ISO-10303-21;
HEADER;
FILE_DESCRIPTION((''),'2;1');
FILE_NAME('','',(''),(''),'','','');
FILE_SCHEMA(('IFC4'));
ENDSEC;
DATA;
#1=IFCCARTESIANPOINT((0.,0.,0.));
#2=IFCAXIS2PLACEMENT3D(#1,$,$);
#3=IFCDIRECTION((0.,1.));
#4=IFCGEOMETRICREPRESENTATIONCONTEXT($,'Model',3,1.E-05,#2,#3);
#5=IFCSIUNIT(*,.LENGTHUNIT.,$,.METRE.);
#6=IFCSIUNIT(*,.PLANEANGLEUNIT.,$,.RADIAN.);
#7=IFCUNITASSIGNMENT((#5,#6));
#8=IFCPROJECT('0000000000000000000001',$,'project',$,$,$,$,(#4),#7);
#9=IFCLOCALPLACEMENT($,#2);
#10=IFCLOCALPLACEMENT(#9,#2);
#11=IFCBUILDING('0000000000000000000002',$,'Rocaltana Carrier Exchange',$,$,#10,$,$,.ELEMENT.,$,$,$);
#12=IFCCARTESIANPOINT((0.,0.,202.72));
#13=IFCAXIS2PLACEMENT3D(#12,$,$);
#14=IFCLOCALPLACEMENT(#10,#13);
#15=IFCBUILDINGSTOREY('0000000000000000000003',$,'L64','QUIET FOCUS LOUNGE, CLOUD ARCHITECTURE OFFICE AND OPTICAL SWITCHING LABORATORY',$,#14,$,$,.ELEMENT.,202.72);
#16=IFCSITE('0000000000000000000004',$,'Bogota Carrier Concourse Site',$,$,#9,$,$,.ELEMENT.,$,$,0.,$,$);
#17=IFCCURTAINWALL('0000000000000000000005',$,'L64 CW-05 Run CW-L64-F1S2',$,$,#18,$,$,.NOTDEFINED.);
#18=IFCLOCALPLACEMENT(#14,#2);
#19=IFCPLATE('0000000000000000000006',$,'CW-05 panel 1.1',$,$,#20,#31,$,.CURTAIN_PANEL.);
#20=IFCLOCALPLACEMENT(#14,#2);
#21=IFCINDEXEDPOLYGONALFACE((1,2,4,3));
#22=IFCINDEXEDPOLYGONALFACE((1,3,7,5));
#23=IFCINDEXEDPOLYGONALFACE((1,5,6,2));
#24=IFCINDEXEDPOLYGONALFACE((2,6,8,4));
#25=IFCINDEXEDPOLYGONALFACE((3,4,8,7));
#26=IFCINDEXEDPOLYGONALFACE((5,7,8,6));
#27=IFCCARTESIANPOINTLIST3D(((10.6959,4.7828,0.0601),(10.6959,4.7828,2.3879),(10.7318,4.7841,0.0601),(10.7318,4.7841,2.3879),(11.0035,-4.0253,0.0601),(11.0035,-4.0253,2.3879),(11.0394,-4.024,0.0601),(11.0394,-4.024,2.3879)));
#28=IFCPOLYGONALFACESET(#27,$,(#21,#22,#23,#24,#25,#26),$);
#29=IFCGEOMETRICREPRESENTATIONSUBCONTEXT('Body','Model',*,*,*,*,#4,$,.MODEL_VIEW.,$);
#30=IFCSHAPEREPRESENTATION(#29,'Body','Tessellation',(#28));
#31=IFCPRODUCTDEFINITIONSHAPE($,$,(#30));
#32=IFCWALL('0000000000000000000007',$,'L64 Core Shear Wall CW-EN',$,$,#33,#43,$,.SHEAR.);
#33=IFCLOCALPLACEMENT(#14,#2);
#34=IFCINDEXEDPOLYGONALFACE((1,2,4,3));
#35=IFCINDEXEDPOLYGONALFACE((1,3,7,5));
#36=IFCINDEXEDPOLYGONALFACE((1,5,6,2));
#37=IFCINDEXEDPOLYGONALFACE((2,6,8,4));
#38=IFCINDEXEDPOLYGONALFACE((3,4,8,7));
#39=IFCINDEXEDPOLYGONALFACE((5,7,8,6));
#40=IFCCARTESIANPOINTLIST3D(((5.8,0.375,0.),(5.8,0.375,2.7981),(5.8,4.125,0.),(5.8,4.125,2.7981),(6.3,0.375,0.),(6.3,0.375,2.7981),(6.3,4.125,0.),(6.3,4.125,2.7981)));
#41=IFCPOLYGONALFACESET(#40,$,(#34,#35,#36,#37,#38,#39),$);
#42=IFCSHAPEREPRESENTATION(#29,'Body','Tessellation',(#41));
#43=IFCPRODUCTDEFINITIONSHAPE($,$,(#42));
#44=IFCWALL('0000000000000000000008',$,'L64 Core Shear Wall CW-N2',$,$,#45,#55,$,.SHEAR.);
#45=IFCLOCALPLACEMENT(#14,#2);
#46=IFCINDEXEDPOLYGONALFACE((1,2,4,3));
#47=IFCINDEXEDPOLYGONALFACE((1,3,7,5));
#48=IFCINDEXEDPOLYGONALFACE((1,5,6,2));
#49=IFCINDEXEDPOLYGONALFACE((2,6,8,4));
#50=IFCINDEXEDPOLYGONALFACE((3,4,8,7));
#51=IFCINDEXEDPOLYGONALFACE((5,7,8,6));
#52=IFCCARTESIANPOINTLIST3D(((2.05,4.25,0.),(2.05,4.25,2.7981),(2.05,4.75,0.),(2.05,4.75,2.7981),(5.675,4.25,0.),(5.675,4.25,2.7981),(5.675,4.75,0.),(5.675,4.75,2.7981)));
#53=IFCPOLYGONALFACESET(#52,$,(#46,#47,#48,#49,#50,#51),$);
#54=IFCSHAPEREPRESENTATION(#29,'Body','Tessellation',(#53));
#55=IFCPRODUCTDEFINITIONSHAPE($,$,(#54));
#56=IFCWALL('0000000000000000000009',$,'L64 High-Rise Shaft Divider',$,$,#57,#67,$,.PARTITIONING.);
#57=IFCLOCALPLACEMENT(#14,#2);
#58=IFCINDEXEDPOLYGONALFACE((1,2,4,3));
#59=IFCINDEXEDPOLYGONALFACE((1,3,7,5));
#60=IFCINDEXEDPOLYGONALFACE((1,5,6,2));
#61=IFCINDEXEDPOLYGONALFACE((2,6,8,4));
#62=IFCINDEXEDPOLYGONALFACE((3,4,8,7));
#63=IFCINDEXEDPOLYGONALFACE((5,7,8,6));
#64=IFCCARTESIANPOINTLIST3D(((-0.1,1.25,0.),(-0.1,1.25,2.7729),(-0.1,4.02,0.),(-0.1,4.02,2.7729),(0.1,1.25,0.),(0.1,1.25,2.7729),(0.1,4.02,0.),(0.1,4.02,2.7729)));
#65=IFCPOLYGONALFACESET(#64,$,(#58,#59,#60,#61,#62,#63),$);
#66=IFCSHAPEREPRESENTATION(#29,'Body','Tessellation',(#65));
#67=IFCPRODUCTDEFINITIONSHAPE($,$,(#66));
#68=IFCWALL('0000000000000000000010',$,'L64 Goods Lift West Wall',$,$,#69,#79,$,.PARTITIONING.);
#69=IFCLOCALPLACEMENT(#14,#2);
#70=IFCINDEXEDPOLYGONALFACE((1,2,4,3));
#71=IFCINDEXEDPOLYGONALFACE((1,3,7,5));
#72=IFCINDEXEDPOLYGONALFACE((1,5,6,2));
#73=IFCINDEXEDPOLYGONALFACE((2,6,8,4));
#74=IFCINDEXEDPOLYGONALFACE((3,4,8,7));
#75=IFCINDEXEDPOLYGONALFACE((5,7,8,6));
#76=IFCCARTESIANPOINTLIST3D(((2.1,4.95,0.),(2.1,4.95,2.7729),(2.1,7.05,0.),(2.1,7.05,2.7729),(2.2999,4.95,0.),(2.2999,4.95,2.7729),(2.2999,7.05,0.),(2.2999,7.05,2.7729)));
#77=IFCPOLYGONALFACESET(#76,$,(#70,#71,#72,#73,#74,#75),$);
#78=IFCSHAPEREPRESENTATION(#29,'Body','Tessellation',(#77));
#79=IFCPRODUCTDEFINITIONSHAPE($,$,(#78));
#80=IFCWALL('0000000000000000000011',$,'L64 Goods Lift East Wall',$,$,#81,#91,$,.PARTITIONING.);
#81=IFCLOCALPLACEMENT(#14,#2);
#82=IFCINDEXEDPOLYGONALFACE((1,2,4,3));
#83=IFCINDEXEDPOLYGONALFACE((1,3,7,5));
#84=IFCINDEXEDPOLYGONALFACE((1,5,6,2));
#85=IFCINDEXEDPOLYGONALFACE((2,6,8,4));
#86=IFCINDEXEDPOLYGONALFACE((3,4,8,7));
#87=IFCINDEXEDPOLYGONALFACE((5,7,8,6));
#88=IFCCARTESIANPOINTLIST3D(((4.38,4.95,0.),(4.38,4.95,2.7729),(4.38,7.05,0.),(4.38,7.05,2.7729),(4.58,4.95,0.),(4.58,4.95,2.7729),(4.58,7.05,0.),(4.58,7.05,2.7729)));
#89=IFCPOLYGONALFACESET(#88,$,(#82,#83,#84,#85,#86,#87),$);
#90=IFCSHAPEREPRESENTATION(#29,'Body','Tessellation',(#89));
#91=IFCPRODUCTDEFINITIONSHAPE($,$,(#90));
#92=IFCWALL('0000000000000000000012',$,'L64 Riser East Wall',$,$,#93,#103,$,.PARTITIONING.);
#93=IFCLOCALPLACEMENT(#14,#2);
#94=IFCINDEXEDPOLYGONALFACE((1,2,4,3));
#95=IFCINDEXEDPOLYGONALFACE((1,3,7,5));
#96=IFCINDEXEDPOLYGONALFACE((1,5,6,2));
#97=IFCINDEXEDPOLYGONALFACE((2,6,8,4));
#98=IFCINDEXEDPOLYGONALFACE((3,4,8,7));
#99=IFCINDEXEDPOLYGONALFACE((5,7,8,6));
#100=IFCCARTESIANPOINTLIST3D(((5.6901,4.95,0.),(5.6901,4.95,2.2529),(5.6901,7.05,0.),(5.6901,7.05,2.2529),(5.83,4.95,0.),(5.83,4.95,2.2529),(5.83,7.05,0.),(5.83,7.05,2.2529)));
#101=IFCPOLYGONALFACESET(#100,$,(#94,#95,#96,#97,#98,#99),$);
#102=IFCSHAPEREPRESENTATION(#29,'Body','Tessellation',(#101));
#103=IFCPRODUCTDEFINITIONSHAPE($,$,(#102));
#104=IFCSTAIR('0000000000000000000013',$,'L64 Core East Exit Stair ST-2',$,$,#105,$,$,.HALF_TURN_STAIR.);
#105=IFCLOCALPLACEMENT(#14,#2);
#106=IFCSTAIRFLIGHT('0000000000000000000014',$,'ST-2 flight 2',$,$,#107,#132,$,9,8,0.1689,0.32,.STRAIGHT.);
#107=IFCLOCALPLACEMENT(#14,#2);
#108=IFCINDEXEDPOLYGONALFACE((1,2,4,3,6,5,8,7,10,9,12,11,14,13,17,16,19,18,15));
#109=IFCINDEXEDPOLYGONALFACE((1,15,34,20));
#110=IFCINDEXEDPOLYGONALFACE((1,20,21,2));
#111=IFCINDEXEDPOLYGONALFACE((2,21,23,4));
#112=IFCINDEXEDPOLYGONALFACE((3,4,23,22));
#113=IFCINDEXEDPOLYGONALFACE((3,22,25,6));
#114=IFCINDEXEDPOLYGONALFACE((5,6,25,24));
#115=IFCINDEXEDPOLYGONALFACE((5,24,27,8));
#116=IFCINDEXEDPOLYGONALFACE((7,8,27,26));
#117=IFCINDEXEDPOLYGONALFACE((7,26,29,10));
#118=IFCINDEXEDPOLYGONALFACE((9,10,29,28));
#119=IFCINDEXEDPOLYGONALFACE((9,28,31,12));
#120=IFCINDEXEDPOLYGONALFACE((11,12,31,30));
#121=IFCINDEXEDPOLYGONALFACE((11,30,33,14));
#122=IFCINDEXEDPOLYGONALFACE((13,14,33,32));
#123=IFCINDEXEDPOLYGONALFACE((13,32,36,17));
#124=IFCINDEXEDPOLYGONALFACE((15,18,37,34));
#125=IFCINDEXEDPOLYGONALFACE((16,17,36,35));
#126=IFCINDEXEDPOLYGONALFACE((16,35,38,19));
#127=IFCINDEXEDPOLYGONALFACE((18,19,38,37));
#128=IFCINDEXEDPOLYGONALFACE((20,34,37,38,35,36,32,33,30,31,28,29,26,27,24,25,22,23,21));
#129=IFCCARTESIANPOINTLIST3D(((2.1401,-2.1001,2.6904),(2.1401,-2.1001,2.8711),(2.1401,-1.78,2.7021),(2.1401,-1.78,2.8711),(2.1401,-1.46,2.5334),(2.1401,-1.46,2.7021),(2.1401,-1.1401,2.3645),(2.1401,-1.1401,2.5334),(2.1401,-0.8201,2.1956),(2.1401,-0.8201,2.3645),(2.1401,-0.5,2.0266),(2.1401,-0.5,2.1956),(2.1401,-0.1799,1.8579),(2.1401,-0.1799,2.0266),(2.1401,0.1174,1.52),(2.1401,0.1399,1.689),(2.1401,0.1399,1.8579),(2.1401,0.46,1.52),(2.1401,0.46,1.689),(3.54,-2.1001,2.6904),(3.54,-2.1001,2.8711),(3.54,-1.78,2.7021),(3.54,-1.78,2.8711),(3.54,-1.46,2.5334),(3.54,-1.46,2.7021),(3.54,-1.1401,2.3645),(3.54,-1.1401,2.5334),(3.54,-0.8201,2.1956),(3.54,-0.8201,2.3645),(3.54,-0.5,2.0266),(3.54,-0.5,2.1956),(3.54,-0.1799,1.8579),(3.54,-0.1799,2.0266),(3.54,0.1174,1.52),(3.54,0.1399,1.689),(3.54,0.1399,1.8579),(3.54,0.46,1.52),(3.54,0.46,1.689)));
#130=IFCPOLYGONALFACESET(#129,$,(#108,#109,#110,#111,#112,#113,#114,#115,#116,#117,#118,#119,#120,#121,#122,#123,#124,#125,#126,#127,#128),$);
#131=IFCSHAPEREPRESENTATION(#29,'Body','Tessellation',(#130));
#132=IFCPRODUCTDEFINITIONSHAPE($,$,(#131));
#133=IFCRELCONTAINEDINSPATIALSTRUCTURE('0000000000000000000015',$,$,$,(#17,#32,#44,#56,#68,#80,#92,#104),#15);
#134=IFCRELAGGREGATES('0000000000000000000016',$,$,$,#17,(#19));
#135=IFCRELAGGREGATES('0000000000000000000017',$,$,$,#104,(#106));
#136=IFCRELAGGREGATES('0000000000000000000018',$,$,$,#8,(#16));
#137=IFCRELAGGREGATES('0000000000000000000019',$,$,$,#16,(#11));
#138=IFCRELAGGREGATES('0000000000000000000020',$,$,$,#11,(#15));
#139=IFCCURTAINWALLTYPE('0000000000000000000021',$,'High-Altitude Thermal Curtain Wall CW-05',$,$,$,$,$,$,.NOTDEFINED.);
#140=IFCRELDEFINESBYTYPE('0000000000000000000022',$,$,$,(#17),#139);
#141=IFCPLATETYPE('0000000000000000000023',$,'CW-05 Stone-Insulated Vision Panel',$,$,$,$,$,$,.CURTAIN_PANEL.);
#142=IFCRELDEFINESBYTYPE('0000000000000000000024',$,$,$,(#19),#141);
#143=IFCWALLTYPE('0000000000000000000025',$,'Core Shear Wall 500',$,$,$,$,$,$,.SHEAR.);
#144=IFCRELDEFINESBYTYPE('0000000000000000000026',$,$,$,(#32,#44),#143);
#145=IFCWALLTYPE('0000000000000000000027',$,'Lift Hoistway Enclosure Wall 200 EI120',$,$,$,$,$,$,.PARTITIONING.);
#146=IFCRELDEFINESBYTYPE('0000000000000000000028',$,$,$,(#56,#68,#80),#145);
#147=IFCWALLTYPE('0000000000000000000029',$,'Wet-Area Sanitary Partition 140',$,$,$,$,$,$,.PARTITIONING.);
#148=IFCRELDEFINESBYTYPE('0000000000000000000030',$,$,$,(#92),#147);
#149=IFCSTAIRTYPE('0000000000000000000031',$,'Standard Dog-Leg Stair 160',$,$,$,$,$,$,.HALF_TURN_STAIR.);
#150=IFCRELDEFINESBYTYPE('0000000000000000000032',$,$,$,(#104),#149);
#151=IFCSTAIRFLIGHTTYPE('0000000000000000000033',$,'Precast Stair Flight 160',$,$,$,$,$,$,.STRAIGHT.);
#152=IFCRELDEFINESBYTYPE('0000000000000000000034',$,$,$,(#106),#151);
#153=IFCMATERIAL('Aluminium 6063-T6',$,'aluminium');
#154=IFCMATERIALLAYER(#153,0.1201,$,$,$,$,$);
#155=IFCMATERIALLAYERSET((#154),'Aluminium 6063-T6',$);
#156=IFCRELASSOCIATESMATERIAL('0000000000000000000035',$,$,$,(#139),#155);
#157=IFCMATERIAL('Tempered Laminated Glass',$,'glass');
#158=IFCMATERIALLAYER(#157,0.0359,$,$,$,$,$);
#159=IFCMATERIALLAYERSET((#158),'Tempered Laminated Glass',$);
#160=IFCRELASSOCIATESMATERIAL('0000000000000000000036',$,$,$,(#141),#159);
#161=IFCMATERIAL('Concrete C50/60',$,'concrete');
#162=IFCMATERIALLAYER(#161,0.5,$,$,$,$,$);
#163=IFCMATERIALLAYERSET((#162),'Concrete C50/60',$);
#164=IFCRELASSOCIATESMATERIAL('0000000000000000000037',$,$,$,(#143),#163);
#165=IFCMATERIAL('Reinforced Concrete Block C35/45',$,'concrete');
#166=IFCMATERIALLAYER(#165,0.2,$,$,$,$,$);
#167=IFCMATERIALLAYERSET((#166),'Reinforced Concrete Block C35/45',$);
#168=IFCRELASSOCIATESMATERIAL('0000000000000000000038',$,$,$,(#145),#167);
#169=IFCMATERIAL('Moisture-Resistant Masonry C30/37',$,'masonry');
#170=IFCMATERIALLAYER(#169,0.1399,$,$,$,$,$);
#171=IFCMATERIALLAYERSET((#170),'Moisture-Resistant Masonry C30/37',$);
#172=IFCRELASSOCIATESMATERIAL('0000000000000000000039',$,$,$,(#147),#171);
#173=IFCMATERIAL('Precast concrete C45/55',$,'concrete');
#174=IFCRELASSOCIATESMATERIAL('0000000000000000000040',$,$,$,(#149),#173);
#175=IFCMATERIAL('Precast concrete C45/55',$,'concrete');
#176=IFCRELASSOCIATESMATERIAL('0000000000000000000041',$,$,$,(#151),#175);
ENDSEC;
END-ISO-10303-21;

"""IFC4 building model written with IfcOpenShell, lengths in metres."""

from ifc_helpers import new_model, si_unit, direction, frame, frame_2d, origin, origin_2d, place, context, subcontext, project, spatial, polyline, rectangle, outline, extrude, material, layer, layer_set, type_object, element, aggregate, save


model = new_model("IFC4")

# Units and contexts
model_context = context("Model", 3, precision=1e-05, world=origin(), true_north=direction((0.0, 1.0)))
body_context = subcontext(model_context, "Body", "Model", "MODEL_VIEW")
ifc_project = project(units=[si_unit("LENGTHUNIT", "METRE"), si_unit("PLANEANGLEUNIT", "RADIAN")], contexts=[model_context])

# Site, building, storey
site_placement = place(None, origin())
site = spatial("IfcSite", under=ifc_project, at=site_placement, Name="Bogota Carrier Concourse Site", CompositionType="ELEMENT", RefElevation=0.0)
building_placement = place(site_placement, origin())
building = spatial("IfcBuilding", under=site, at=building_placement, Name="Rocaltana Carrier Exchange", CompositionType="ELEMENT")
storey_placement = place(building_placement, frame((0.0, 0.0, 202.72)))
storey = spatial("IfcBuildingStorey", under=building, at=storey_placement, Name="L64", Description="QUIET FOCUS LOUNGE, CLOUD ARCHITECTURE OFFICE AND OPTICAL SWITCHING LABORATORY", CompositionType="ELEMENT", Elevation=202.72)

# Curtain wall
ifc_material_1 = material(Name="Aluminium 6063-T6", Category="aluminium")
ifc_layer_1 = layer(ifc_material_1, 0.1201)
ifc_layer_set_1 = layer_set([ifc_layer_1], Name="Aluminium 6063-T6")
curtain_wall_type = type_object("IfcCurtainWallType", Name="High-Altitude Thermal Curtain Wall CW-05", PredefinedType="NOTDEFINED", material=ifc_layer_set_1)
curtain_wall_placement = place(storey_placement, origin())
curtain_wall = element("IfcCurtainWall", 1, at=curtain_wall_placement, inside=storey, type_object=curtain_wall_type, Name="L64 CW-05 Run CW-L64-F1S2", PredefinedType="NOTDEFINED")

# Plate
ifc_material_2 = material(Name="Tempered Laminated Glass", Category="glass")
ifc_layer_2 = layer(ifc_material_2, 0.0359)
ifc_layer_set_2 = layer_set([ifc_layer_2], Name="Tempered Laminated Glass")
plate_type = type_object("IfcPlateType", Name="CW-05 Stone-Insulated Vision Panel", PredefinedType="CURTAIN_PANEL", material=ifc_layer_set_2)
plate_placement = place(storey_placement, frame((10.8677, 0.3794, 0.0601), z_axis=(0.0, 0.0, 1.0), x_axis=(-0.034903, 0.999391, 0.0)))
plate = element("IfcPlate", 2, at=plate_placement, type_object=plate_type, Name="CW-05 panel 1.1", PredefinedType="CURTAIN_PANEL", context=body_context, shape_type="SweptSolid", body=[
    extrude(rectangle(XDim=8.8135, YDim=0.0359, at=origin_2d()), origin(), (0.0, 0.0, 1.0), 2.3279),
])
aggregate(curtain_wall, [plate])

# Walls
ifc_material_3 = material(Name="Concrete C50/60", Category="concrete")
ifc_layer_3 = layer(ifc_material_3, 0.5)
ifc_layer_set_3 = layer_set([ifc_layer_3], Name="Concrete C50/60")
wall_type_1 = type_object("IfcWallType", Name="Core Shear Wall 500", PredefinedType="SHEAR", material=ifc_layer_set_3)
wall_1_placement = place(storey_placement, frame((6.05, 0.375, 0.0), z_axis=(0.0, 0.0, 1.0), x_axis=(0.0, 1.0, 0.0)))
element("IfcWall", 3, at=wall_1_placement, inside=storey, type_object=wall_type_1, Name="L64 Core Shear Wall CW-EN", PredefinedType="SHEAR", context=body_context, shape_type="SweptSolid", body=[
    extrude(rectangle(XDim=3.75, YDim=0.5, at=frame_2d((1.875, 0.0))), origin(), (0.0, 0.0, 1.0), 2.7981),
])
wall_2_placement = place(storey_placement, frame((2.05, 4.5, 0.0), z_axis=(0.0, 0.0, 1.0), x_axis=(1.0, 0.0, 0.0)))
element("IfcWall", 4, at=wall_2_placement, inside=storey, type_object=wall_type_1, Name="L64 Core Shear Wall CW-N2", PredefinedType="SHEAR", context=body_context, shape_type="SweptSolid", body=[
    extrude(rectangle(XDim=3.625, YDim=0.5, at=frame_2d((1.8125, 0.0))), origin(), (0.0, 0.0, 1.0), 2.7981),
])
ifc_material_4 = material(Name="Reinforced Concrete Block C35/45", Category="concrete")
ifc_layer_4 = layer(ifc_material_4, 0.2)
ifc_layer_set_4 = layer_set([ifc_layer_4], Name="Reinforced Concrete Block C35/45")
wall_type_2 = type_object("IfcWallType", Name="Lift Hoistway Enclosure Wall 200 EI120", PredefinedType="PARTITIONING", material=ifc_layer_set_4)
wall_3_placement = place(storey_placement, frame((0.0, 1.25, 0.0), z_axis=(0.0, 0.0, 1.0), x_axis=(0.0, 1.0, 0.0)))
element("IfcWall", 5, at=wall_3_placement, inside=storey, type_object=wall_type_2, Name="L64 High-Rise Shaft Divider", PredefinedType="PARTITIONING", context=body_context, shape_type="SweptSolid", body=[
    extrude(rectangle(XDim=2.77, YDim=0.2, at=frame_2d((1.385, 0.0))), origin(), (0.0, 0.0, 1.0), 2.7729),
])
for number, where, z_axis, x_axis, name in (
    (6, (2.2, 4.95, 0.0), (0.0, 0.0, 1.0), (0.0, 1.0, 0.0), "L64 Goods Lift West Wall"),
    (7, (4.48, 4.95, 0.0), (0.0, 0.0, 1.0), (0.0, 1.0, 0.0), "L64 Goods Lift East Wall"),
):
    element("IfcWall", number, at=place(storey_placement, frame(where, z_axis=z_axis, x_axis=x_axis)), inside=storey, type_object=wall_type_2, Name=name, PredefinedType="PARTITIONING", context=body_context, shape_type="SweptSolid", body=[
        extrude(rectangle(XDim=2.1001, YDim=0.2, at=frame_2d((1.05, 0.0))), origin(), (0.0, 0.0, 1.0), 2.7729),
    ])
ifc_material_5 = material(Name="Moisture-Resistant Masonry C30/37", Category="masonry")
ifc_layer_5 = layer(ifc_material_5, 0.1399)
ifc_layer_set_5 = layer_set([ifc_layer_5], Name="Moisture-Resistant Masonry C30/37")
wall_type_3 = type_object("IfcWallType", Name="Wet-Area Sanitary Partition 140", PredefinedType="PARTITIONING", material=ifc_layer_set_5)
wall_4_placement = place(storey_placement, frame((5.76, 4.95, 0.0), z_axis=(0.0, 0.0, 1.0), x_axis=(0.0, 1.0, 0.0)))
element("IfcWall", 8, at=wall_4_placement, inside=storey, type_object=wall_type_3, Name="L64 Riser East Wall", PredefinedType="PARTITIONING", context=body_context, shape_type="SweptSolid", body=[
    extrude(rectangle(XDim=2.1001, YDim=0.1399, at=frame_2d((1.05, 0.0))), origin(), (0.0, 0.0, 1.0), 2.2529),
])

# Stair, stair flight
ifc_material_6 = material(Name="Precast concrete C45/55", Category="concrete")
stair_type = type_object("IfcStairType", Name="Standard Dog-Leg Stair 160", PredefinedType="HALF_TURN_STAIR", material=ifc_material_6)
stair_placement = place(storey_placement, origin())
stair = element("IfcStair", 9, at=stair_placement, inside=storey, type_object=stair_type, Name="L64 Core East Exit Stair ST-2", PredefinedType="HALF_TURN_STAIR")
ifc_material_7 = material(Name="Precast concrete C45/55", Category="concrete")
stair_flight_type = type_object("IfcStairFlightType", Name="Precast Stair Flight 160", PredefinedType="STRAIGHT", material=ifc_material_7)
stair_flight_placement = place(storey_placement, frame((2.8401, 0.46, 1.52), z_axis=(0.0, 0.0, 1.0), x_axis=(0.0, -1.0, 0.0)))
stair_flight = element("IfcStairFlight", 10, at=stair_flight_placement, type_object=stair_flight_type, Name="ST-2 flight 2", NumberOfRisers=9, NumberOfTreads=8, PredefinedType="STRAIGHT", RiserHeight=0.1689, TreadLength=0.32, context=body_context, shape_type="SweptSolid", body=[
    extrude(outline(polyline([(0.0, 0.0), (0.0, 0.1689), (0.3201, 0.1689), (0.3201, 0.3379), (0.6399, 0.3379), (0.6399, 0.5066), (0.96, 0.5066), (0.96, 0.6755), (1.28, 0.6755), (1.28, 0.8445), (1.6001, 0.8445), (1.6001, 1.0134), (1.9199, 1.0134), (1.9199, 1.1821), (2.24, 1.1821), (2.24, 1.3511), (2.5601, 1.3511), (2.5601, 1.52), (2.5601, 1.1704), (0.3425, 0.0), (0.0, 0.0)])), frame((0.0, 0.7, 0.0), z_axis=(0.0, -1.0, 0.0), x_axis=(1.0, 0.0, 0.0)), (0.0, 0.0, 1.0), 1.3999),
])
aggregate(stair, [stair_flight])

save(model, "model.ifc")
